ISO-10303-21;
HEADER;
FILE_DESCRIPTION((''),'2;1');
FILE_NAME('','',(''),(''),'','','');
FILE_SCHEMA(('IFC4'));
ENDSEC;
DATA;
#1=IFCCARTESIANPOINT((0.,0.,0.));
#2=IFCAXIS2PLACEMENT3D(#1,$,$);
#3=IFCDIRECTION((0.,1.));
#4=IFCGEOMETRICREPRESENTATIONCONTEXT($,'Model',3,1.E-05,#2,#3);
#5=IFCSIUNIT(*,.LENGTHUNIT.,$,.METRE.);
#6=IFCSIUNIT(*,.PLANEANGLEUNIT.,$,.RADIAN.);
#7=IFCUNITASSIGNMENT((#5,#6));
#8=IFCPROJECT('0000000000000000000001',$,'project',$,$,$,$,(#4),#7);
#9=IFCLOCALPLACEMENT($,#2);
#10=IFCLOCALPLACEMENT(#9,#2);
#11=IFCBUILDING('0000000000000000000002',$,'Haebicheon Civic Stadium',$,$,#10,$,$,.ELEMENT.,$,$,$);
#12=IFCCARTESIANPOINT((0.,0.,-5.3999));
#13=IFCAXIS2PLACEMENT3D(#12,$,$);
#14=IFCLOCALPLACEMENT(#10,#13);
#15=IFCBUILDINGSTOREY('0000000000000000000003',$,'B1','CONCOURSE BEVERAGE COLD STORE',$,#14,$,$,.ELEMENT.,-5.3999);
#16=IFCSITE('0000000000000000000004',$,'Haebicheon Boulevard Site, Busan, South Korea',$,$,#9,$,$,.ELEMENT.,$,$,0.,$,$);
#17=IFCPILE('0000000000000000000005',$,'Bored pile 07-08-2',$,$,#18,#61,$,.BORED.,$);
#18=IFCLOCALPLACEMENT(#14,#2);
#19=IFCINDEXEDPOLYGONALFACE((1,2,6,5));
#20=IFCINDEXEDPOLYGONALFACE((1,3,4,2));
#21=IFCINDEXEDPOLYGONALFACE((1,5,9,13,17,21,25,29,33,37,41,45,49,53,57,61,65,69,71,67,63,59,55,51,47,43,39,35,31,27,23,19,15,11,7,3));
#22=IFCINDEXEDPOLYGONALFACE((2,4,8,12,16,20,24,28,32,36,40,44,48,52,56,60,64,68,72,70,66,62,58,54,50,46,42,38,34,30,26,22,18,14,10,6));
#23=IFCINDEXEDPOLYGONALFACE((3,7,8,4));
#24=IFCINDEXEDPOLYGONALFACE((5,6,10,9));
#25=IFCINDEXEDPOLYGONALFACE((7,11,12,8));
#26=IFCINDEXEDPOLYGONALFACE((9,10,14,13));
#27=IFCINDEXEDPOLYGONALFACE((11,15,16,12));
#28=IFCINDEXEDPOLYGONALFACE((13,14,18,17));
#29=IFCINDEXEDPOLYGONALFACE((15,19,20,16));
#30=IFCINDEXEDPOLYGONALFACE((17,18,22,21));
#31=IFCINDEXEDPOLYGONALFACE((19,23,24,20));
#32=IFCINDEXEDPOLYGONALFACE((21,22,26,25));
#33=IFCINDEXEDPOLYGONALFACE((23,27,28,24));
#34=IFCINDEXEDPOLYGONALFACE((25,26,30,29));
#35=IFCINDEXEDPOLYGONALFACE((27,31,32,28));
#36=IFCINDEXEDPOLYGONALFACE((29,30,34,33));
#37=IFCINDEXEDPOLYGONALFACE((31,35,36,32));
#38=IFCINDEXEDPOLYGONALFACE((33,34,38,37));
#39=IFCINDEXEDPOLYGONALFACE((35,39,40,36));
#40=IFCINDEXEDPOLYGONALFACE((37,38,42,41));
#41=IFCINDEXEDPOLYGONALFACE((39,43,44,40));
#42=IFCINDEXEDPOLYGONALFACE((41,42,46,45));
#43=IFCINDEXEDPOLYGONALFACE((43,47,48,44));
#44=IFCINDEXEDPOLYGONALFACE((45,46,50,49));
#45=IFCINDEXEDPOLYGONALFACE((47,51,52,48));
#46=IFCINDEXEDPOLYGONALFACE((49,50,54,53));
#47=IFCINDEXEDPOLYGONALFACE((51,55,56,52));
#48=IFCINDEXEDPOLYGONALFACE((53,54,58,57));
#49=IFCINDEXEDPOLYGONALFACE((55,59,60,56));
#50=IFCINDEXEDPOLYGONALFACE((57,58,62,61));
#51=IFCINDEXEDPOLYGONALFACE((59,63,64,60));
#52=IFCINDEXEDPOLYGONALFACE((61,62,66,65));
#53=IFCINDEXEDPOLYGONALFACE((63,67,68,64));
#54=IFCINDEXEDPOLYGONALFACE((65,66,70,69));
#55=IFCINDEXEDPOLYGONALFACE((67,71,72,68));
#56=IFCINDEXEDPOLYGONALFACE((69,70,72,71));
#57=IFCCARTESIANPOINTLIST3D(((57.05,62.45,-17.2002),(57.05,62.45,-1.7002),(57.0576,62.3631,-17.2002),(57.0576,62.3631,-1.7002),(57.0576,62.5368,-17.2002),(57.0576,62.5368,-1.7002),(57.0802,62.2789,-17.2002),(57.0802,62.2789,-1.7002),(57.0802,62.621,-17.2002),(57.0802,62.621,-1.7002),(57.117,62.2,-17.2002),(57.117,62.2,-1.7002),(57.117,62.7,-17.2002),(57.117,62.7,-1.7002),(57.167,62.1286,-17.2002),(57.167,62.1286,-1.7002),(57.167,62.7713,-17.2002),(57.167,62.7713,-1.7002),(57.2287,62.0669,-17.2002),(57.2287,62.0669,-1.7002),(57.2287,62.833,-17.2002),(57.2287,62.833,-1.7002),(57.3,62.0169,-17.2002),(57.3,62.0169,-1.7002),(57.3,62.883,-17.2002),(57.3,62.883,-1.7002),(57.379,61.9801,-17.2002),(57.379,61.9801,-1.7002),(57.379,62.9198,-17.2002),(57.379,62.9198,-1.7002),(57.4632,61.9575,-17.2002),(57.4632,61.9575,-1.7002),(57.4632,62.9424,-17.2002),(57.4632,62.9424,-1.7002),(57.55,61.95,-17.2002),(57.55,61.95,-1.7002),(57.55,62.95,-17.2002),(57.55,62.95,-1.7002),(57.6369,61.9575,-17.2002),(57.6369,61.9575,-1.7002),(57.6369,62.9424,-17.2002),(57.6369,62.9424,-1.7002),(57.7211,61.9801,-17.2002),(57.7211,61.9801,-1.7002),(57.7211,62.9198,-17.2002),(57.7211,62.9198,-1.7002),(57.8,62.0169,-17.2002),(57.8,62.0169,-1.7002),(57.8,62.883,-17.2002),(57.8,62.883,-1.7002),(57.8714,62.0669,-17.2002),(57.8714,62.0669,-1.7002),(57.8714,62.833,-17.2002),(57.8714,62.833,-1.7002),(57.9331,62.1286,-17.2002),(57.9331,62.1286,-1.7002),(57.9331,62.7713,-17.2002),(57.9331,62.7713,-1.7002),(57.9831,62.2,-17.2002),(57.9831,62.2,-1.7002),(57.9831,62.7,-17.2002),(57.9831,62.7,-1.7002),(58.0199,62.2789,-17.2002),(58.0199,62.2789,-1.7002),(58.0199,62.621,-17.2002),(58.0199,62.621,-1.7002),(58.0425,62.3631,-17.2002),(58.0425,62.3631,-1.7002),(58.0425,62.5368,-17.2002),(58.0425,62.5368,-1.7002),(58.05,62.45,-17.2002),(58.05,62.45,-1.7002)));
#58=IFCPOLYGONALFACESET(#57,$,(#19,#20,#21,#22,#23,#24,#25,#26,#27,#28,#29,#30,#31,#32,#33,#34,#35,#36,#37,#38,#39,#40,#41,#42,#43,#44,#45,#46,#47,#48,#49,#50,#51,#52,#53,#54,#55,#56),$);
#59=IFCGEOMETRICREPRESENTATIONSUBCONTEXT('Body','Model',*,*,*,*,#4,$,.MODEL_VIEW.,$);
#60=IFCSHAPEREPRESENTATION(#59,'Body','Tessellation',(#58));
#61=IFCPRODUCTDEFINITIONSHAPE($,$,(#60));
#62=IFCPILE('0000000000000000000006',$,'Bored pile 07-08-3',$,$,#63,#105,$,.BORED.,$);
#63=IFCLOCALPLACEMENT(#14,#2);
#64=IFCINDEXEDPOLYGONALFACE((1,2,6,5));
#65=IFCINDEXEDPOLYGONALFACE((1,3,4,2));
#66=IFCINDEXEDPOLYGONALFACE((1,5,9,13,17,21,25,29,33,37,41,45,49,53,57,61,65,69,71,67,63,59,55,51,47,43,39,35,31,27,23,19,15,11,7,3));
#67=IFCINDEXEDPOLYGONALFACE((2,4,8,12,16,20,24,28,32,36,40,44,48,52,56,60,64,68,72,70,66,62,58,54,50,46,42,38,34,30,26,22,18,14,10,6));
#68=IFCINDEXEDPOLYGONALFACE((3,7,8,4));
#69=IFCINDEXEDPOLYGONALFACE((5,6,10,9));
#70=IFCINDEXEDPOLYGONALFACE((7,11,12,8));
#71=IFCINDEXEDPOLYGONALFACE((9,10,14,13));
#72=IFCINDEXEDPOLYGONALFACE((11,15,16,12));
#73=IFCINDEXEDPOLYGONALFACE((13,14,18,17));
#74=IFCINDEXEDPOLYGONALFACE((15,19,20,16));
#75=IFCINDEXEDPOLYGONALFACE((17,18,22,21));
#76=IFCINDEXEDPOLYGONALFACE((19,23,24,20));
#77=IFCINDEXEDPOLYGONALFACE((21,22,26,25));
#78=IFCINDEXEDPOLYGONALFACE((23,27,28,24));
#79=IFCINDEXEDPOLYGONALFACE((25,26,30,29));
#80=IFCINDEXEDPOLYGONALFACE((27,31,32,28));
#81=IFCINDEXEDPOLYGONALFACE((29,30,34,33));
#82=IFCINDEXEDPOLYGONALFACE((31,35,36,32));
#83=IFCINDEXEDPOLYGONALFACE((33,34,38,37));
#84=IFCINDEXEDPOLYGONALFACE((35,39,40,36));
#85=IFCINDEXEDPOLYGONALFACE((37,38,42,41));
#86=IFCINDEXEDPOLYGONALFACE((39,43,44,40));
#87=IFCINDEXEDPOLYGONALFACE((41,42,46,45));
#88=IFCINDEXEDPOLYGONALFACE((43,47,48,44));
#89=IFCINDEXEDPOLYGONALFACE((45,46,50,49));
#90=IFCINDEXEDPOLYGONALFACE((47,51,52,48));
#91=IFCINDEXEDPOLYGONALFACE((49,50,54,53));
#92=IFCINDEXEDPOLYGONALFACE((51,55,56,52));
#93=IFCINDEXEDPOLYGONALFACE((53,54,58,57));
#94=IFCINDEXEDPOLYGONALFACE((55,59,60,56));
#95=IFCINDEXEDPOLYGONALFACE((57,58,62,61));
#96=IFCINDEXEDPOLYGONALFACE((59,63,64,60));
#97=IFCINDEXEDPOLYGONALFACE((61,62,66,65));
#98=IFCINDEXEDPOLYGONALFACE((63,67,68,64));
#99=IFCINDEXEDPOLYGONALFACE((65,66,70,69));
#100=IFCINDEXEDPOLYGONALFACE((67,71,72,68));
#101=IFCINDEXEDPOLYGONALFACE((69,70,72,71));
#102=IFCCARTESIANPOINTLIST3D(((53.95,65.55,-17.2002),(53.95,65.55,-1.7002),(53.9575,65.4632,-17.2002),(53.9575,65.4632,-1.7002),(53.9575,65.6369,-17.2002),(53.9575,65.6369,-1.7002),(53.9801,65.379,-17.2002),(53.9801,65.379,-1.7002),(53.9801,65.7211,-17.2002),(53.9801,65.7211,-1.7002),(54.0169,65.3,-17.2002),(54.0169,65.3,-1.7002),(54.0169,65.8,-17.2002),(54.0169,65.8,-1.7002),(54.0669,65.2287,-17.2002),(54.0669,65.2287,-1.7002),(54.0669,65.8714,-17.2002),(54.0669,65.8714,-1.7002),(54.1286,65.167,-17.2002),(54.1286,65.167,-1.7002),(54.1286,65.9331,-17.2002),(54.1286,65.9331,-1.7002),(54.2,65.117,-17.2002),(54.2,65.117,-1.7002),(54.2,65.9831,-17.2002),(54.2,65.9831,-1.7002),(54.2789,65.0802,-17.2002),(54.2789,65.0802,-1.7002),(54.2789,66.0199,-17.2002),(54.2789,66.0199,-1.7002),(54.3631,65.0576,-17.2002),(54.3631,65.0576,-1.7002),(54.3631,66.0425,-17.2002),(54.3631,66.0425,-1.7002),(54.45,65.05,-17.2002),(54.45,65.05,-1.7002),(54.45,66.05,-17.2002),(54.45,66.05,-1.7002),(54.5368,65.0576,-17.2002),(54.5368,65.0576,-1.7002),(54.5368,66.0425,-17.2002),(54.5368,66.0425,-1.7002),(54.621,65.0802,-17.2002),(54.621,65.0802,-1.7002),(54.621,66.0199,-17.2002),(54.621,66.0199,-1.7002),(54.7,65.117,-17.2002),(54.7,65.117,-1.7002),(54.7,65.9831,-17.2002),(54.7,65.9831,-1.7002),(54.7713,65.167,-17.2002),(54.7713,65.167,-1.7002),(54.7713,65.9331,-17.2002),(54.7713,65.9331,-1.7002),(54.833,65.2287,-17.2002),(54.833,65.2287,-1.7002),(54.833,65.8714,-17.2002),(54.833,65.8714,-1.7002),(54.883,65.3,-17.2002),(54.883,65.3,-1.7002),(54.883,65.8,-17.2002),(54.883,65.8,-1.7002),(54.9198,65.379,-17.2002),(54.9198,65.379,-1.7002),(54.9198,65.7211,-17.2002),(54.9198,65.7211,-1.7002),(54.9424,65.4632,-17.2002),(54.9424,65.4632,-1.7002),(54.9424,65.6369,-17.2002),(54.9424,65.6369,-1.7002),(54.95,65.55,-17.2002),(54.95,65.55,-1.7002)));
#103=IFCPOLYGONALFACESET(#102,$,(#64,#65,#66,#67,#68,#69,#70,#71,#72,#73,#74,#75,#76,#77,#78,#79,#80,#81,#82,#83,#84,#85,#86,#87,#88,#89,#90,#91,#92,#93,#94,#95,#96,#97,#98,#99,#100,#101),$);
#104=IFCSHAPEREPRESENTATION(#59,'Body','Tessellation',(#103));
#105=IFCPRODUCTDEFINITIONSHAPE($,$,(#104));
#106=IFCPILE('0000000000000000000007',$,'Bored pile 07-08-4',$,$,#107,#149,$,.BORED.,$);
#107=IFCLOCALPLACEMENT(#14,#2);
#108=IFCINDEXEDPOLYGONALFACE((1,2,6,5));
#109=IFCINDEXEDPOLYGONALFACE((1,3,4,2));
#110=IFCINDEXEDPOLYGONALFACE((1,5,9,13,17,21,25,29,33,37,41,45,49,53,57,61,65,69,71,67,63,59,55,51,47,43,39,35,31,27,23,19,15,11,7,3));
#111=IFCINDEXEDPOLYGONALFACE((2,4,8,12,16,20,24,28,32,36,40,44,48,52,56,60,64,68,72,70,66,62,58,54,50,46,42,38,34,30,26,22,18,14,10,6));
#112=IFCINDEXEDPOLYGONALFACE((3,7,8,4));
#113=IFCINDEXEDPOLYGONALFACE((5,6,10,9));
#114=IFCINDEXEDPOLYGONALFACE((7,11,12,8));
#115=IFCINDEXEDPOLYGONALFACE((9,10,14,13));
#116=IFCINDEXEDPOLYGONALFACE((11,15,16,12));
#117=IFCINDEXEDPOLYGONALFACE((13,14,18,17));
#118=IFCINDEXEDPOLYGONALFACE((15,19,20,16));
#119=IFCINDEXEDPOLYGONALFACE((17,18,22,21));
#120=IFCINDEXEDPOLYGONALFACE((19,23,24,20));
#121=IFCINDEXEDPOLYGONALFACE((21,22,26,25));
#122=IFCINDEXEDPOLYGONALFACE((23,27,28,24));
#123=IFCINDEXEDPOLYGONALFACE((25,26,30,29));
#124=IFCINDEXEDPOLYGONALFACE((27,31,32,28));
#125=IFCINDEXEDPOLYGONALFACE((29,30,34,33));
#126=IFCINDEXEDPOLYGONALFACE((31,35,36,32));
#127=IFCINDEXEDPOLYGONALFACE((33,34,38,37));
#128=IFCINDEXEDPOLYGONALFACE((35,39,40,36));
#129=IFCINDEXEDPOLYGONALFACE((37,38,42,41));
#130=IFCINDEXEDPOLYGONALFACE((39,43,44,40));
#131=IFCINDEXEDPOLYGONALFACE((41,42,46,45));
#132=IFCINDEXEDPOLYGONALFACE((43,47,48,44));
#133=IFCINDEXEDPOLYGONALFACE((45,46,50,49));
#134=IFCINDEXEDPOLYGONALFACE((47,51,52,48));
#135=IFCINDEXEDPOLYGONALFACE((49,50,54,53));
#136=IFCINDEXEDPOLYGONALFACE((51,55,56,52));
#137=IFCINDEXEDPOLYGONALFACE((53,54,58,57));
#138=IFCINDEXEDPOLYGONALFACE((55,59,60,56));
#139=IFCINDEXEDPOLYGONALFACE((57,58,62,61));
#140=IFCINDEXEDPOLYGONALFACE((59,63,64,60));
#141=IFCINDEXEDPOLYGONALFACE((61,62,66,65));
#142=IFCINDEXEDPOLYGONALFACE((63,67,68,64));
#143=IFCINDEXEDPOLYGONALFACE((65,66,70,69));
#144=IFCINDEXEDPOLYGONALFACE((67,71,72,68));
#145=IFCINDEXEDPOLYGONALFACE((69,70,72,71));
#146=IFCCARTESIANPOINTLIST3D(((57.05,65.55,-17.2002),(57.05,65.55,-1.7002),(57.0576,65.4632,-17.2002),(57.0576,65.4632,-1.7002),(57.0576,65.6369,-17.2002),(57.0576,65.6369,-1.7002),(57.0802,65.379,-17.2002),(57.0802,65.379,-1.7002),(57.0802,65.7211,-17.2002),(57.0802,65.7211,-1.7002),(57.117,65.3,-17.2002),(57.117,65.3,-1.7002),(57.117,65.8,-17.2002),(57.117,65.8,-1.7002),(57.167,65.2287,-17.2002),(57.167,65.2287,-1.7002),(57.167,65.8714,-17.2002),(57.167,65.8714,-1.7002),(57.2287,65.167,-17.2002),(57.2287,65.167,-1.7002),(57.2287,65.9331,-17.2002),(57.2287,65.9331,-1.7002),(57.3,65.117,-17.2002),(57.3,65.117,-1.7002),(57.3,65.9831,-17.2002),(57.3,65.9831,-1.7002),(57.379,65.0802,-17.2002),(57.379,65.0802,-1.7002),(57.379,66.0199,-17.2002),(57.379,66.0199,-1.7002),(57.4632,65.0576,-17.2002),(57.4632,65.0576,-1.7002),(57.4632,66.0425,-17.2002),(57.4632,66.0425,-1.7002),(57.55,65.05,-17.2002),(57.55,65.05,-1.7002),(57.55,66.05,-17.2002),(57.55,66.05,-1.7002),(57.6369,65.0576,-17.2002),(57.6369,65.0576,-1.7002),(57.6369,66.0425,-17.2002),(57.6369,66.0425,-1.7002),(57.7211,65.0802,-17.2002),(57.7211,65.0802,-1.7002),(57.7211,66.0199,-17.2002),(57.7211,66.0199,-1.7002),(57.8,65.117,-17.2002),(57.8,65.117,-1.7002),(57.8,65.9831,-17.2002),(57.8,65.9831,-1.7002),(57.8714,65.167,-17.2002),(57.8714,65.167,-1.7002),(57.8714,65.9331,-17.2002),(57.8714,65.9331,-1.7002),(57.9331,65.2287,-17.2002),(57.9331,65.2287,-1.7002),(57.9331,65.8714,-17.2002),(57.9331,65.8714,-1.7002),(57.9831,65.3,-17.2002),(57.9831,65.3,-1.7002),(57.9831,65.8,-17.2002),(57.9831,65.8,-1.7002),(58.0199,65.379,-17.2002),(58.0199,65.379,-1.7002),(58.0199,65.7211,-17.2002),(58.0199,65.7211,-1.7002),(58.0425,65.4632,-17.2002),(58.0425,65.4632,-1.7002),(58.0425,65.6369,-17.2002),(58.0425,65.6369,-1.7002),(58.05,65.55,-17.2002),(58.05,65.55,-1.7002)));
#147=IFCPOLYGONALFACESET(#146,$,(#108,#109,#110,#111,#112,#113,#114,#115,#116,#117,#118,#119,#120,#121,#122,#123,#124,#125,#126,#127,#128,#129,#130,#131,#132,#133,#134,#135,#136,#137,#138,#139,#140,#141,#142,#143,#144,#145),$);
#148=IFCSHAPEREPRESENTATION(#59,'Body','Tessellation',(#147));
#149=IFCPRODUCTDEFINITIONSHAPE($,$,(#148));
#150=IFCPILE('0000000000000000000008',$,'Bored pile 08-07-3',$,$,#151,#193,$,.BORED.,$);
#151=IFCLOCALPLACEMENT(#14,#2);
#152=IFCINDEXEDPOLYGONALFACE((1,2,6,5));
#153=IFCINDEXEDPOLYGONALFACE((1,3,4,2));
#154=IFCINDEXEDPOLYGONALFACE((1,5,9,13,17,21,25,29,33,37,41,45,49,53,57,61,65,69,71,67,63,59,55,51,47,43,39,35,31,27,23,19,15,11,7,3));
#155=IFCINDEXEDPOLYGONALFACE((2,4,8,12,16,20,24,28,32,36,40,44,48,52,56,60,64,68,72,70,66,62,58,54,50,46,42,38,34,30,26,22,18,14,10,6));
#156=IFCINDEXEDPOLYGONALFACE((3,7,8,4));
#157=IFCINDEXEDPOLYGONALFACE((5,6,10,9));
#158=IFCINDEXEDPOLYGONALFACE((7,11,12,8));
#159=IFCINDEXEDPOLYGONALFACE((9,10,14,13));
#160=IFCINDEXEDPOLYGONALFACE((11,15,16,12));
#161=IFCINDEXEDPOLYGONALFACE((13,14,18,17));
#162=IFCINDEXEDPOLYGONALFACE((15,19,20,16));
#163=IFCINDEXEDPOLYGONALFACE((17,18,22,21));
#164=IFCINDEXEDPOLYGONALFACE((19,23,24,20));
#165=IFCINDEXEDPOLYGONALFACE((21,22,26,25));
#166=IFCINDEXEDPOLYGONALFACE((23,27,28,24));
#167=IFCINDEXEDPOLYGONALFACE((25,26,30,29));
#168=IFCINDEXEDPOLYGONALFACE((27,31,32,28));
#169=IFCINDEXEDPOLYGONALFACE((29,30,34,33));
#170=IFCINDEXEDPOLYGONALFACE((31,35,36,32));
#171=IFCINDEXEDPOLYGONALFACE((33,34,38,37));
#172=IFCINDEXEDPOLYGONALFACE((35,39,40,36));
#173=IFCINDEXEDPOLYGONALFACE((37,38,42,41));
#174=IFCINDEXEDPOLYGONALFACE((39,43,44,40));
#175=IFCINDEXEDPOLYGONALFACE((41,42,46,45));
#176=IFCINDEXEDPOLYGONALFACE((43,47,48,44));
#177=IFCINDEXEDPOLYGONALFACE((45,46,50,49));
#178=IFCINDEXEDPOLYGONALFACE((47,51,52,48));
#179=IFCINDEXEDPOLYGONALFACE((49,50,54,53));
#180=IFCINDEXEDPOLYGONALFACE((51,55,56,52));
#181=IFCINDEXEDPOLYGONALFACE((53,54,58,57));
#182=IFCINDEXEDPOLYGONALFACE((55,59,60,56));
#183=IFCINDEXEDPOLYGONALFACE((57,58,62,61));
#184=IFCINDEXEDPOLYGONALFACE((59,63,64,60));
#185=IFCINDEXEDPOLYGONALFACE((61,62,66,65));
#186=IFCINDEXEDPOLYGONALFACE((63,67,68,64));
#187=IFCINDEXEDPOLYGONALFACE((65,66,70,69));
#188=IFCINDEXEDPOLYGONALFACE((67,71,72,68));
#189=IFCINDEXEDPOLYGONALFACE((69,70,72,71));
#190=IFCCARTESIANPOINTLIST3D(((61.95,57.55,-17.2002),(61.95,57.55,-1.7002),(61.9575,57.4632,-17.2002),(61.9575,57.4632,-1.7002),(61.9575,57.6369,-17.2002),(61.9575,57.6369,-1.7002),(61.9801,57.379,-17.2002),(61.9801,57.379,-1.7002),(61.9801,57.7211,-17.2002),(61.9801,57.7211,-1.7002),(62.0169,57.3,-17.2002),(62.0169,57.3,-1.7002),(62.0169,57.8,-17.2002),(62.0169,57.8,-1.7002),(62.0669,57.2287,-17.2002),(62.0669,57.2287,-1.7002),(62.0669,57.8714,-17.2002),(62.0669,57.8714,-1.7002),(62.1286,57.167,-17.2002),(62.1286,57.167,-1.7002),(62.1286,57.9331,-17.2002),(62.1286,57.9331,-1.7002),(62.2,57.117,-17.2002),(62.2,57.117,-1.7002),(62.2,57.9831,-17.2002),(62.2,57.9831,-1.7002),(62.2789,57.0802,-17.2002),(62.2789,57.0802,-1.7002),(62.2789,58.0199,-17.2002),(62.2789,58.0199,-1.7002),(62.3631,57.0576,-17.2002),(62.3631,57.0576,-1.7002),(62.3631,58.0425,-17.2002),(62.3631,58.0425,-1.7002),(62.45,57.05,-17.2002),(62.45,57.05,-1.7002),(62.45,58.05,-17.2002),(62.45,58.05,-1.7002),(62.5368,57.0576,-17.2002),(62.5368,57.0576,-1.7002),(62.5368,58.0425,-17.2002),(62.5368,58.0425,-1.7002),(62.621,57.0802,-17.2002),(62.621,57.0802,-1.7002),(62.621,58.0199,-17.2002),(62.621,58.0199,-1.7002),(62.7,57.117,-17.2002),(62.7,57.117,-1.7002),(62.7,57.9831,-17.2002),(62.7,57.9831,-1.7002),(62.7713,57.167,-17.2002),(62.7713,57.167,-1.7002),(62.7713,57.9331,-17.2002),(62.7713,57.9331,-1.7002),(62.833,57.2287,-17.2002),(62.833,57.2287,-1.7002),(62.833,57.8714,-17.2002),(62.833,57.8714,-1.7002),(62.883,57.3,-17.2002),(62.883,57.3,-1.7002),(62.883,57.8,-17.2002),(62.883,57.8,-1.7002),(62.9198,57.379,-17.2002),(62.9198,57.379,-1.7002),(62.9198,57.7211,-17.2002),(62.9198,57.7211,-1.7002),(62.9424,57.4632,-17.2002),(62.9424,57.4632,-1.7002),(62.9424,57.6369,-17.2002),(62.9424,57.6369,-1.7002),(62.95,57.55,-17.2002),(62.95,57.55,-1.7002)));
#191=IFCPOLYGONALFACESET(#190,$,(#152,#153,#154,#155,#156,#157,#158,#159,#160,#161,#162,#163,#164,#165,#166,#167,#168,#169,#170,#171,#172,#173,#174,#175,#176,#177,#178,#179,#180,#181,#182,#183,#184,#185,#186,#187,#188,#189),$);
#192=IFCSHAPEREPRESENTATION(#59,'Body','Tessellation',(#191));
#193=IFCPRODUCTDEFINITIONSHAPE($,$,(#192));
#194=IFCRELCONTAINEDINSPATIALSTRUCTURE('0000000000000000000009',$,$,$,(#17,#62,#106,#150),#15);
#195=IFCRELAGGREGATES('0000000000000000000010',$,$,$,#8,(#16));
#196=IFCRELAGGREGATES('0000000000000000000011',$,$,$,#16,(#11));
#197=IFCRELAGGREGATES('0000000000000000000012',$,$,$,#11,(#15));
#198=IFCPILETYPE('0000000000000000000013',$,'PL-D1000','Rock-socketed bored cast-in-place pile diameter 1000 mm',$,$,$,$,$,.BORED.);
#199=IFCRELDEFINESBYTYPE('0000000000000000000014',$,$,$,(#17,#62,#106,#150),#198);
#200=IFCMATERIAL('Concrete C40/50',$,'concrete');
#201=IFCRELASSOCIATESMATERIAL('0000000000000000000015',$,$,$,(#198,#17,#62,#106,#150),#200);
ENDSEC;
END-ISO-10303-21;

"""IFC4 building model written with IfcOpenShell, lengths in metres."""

from ifc_helpers import new_model, si_unit, direction, frame, origin, origin_2d, place, context, subcontext, project, spatial, circle, extrude, material, material_profile, profile_set, type_object, element, save


model = new_model("IFC4")

# Units and contexts
model_context = context("Model", 3, precision=1e-05, world=origin(), true_north=direction((0.0, 1.0)))
body_context = subcontext(model_context, "Body", "Model", "MODEL_VIEW")
ifc_project = project(units=[si_unit("LENGTHUNIT", "METRE"), si_unit("PLANEANGLEUNIT", "RADIAN")], contexts=[model_context])

# Site, building, storey
site_placement = place(None, origin())
site = spatial("IfcSite", under=ifc_project, at=site_placement, Name="Haebicheon Boulevard Site, Busan, South Korea", CompositionType="ELEMENT", RefElevation=0.0)
building_placement = place(site_placement, origin())
building = spatial("IfcBuilding", under=site, at=building_placement, Name="Haebicheon Civic Stadium", CompositionType="ELEMENT")
storey_placement = place(building_placement, frame((0.0, 0.0, -5.3999)))
storey = spatial("IfcBuildingStorey", under=building, at=storey_placement, Name="B1", Description="CONCOURSE BEVERAGE COLD STORE", CompositionType="ELEMENT", Elevation=-5.3999)

# Piles
ifc_material_1 = material(Name="Concrete C40/50", Category="concrete")
ifc_material_profile_1 = material_profile(ifc_material_1, circle(Radius=0.5, at=origin_2d()), Name="PILE-D1000")
ifc_profile_set_1 = profile_set([ifc_material_profile_1], Name="Concrete C40/50")
pile_type = type_object("IfcPileType", Name="PL-D1000", Description="Rock-socketed bored cast-in-place pile diameter 1000 mm", PredefinedType="BORED", material=ifc_profile_set_1)
for number, where, z_axis, x_axis, name in (
    (1, (57.55, 62.45, -1.7002), (0.0, 0.0, -1.0), (1.0, 0.0, 0.0), "Bored pile 07-08-2"),
    (2, (54.45, 65.55, -1.7002), (0.0, 0.0, -1.0), (1.0, 0.0, 0.0), "Bored pile 07-08-3"),
    (3, (57.55, 65.55, -1.7002), (0.0, 0.0, -1.0), (1.0, 0.0, 0.0), "Bored pile 07-08-4"),
    (4, (62.45, 57.55, -1.7002), (0.0, 0.0, -1.0), (1.0, 0.0, 0.0), "Bored pile 08-07-3"),
):
    element("IfcPile", number, at=place(storey_placement, frame(where, z_axis=z_axis, x_axis=x_axis)), inside=storey, type_object=pile_type, material=ifc_profile_set_1, Name=name, PredefinedType="BORED", context=body_context, shape_type="SweptSolid", body=[
        extrude(circle(Radius=0.5, at=origin_2d()), origin(), (0.0, 0.0, 1.0), 15.5),
    ])

save(model, "model.ifc")
